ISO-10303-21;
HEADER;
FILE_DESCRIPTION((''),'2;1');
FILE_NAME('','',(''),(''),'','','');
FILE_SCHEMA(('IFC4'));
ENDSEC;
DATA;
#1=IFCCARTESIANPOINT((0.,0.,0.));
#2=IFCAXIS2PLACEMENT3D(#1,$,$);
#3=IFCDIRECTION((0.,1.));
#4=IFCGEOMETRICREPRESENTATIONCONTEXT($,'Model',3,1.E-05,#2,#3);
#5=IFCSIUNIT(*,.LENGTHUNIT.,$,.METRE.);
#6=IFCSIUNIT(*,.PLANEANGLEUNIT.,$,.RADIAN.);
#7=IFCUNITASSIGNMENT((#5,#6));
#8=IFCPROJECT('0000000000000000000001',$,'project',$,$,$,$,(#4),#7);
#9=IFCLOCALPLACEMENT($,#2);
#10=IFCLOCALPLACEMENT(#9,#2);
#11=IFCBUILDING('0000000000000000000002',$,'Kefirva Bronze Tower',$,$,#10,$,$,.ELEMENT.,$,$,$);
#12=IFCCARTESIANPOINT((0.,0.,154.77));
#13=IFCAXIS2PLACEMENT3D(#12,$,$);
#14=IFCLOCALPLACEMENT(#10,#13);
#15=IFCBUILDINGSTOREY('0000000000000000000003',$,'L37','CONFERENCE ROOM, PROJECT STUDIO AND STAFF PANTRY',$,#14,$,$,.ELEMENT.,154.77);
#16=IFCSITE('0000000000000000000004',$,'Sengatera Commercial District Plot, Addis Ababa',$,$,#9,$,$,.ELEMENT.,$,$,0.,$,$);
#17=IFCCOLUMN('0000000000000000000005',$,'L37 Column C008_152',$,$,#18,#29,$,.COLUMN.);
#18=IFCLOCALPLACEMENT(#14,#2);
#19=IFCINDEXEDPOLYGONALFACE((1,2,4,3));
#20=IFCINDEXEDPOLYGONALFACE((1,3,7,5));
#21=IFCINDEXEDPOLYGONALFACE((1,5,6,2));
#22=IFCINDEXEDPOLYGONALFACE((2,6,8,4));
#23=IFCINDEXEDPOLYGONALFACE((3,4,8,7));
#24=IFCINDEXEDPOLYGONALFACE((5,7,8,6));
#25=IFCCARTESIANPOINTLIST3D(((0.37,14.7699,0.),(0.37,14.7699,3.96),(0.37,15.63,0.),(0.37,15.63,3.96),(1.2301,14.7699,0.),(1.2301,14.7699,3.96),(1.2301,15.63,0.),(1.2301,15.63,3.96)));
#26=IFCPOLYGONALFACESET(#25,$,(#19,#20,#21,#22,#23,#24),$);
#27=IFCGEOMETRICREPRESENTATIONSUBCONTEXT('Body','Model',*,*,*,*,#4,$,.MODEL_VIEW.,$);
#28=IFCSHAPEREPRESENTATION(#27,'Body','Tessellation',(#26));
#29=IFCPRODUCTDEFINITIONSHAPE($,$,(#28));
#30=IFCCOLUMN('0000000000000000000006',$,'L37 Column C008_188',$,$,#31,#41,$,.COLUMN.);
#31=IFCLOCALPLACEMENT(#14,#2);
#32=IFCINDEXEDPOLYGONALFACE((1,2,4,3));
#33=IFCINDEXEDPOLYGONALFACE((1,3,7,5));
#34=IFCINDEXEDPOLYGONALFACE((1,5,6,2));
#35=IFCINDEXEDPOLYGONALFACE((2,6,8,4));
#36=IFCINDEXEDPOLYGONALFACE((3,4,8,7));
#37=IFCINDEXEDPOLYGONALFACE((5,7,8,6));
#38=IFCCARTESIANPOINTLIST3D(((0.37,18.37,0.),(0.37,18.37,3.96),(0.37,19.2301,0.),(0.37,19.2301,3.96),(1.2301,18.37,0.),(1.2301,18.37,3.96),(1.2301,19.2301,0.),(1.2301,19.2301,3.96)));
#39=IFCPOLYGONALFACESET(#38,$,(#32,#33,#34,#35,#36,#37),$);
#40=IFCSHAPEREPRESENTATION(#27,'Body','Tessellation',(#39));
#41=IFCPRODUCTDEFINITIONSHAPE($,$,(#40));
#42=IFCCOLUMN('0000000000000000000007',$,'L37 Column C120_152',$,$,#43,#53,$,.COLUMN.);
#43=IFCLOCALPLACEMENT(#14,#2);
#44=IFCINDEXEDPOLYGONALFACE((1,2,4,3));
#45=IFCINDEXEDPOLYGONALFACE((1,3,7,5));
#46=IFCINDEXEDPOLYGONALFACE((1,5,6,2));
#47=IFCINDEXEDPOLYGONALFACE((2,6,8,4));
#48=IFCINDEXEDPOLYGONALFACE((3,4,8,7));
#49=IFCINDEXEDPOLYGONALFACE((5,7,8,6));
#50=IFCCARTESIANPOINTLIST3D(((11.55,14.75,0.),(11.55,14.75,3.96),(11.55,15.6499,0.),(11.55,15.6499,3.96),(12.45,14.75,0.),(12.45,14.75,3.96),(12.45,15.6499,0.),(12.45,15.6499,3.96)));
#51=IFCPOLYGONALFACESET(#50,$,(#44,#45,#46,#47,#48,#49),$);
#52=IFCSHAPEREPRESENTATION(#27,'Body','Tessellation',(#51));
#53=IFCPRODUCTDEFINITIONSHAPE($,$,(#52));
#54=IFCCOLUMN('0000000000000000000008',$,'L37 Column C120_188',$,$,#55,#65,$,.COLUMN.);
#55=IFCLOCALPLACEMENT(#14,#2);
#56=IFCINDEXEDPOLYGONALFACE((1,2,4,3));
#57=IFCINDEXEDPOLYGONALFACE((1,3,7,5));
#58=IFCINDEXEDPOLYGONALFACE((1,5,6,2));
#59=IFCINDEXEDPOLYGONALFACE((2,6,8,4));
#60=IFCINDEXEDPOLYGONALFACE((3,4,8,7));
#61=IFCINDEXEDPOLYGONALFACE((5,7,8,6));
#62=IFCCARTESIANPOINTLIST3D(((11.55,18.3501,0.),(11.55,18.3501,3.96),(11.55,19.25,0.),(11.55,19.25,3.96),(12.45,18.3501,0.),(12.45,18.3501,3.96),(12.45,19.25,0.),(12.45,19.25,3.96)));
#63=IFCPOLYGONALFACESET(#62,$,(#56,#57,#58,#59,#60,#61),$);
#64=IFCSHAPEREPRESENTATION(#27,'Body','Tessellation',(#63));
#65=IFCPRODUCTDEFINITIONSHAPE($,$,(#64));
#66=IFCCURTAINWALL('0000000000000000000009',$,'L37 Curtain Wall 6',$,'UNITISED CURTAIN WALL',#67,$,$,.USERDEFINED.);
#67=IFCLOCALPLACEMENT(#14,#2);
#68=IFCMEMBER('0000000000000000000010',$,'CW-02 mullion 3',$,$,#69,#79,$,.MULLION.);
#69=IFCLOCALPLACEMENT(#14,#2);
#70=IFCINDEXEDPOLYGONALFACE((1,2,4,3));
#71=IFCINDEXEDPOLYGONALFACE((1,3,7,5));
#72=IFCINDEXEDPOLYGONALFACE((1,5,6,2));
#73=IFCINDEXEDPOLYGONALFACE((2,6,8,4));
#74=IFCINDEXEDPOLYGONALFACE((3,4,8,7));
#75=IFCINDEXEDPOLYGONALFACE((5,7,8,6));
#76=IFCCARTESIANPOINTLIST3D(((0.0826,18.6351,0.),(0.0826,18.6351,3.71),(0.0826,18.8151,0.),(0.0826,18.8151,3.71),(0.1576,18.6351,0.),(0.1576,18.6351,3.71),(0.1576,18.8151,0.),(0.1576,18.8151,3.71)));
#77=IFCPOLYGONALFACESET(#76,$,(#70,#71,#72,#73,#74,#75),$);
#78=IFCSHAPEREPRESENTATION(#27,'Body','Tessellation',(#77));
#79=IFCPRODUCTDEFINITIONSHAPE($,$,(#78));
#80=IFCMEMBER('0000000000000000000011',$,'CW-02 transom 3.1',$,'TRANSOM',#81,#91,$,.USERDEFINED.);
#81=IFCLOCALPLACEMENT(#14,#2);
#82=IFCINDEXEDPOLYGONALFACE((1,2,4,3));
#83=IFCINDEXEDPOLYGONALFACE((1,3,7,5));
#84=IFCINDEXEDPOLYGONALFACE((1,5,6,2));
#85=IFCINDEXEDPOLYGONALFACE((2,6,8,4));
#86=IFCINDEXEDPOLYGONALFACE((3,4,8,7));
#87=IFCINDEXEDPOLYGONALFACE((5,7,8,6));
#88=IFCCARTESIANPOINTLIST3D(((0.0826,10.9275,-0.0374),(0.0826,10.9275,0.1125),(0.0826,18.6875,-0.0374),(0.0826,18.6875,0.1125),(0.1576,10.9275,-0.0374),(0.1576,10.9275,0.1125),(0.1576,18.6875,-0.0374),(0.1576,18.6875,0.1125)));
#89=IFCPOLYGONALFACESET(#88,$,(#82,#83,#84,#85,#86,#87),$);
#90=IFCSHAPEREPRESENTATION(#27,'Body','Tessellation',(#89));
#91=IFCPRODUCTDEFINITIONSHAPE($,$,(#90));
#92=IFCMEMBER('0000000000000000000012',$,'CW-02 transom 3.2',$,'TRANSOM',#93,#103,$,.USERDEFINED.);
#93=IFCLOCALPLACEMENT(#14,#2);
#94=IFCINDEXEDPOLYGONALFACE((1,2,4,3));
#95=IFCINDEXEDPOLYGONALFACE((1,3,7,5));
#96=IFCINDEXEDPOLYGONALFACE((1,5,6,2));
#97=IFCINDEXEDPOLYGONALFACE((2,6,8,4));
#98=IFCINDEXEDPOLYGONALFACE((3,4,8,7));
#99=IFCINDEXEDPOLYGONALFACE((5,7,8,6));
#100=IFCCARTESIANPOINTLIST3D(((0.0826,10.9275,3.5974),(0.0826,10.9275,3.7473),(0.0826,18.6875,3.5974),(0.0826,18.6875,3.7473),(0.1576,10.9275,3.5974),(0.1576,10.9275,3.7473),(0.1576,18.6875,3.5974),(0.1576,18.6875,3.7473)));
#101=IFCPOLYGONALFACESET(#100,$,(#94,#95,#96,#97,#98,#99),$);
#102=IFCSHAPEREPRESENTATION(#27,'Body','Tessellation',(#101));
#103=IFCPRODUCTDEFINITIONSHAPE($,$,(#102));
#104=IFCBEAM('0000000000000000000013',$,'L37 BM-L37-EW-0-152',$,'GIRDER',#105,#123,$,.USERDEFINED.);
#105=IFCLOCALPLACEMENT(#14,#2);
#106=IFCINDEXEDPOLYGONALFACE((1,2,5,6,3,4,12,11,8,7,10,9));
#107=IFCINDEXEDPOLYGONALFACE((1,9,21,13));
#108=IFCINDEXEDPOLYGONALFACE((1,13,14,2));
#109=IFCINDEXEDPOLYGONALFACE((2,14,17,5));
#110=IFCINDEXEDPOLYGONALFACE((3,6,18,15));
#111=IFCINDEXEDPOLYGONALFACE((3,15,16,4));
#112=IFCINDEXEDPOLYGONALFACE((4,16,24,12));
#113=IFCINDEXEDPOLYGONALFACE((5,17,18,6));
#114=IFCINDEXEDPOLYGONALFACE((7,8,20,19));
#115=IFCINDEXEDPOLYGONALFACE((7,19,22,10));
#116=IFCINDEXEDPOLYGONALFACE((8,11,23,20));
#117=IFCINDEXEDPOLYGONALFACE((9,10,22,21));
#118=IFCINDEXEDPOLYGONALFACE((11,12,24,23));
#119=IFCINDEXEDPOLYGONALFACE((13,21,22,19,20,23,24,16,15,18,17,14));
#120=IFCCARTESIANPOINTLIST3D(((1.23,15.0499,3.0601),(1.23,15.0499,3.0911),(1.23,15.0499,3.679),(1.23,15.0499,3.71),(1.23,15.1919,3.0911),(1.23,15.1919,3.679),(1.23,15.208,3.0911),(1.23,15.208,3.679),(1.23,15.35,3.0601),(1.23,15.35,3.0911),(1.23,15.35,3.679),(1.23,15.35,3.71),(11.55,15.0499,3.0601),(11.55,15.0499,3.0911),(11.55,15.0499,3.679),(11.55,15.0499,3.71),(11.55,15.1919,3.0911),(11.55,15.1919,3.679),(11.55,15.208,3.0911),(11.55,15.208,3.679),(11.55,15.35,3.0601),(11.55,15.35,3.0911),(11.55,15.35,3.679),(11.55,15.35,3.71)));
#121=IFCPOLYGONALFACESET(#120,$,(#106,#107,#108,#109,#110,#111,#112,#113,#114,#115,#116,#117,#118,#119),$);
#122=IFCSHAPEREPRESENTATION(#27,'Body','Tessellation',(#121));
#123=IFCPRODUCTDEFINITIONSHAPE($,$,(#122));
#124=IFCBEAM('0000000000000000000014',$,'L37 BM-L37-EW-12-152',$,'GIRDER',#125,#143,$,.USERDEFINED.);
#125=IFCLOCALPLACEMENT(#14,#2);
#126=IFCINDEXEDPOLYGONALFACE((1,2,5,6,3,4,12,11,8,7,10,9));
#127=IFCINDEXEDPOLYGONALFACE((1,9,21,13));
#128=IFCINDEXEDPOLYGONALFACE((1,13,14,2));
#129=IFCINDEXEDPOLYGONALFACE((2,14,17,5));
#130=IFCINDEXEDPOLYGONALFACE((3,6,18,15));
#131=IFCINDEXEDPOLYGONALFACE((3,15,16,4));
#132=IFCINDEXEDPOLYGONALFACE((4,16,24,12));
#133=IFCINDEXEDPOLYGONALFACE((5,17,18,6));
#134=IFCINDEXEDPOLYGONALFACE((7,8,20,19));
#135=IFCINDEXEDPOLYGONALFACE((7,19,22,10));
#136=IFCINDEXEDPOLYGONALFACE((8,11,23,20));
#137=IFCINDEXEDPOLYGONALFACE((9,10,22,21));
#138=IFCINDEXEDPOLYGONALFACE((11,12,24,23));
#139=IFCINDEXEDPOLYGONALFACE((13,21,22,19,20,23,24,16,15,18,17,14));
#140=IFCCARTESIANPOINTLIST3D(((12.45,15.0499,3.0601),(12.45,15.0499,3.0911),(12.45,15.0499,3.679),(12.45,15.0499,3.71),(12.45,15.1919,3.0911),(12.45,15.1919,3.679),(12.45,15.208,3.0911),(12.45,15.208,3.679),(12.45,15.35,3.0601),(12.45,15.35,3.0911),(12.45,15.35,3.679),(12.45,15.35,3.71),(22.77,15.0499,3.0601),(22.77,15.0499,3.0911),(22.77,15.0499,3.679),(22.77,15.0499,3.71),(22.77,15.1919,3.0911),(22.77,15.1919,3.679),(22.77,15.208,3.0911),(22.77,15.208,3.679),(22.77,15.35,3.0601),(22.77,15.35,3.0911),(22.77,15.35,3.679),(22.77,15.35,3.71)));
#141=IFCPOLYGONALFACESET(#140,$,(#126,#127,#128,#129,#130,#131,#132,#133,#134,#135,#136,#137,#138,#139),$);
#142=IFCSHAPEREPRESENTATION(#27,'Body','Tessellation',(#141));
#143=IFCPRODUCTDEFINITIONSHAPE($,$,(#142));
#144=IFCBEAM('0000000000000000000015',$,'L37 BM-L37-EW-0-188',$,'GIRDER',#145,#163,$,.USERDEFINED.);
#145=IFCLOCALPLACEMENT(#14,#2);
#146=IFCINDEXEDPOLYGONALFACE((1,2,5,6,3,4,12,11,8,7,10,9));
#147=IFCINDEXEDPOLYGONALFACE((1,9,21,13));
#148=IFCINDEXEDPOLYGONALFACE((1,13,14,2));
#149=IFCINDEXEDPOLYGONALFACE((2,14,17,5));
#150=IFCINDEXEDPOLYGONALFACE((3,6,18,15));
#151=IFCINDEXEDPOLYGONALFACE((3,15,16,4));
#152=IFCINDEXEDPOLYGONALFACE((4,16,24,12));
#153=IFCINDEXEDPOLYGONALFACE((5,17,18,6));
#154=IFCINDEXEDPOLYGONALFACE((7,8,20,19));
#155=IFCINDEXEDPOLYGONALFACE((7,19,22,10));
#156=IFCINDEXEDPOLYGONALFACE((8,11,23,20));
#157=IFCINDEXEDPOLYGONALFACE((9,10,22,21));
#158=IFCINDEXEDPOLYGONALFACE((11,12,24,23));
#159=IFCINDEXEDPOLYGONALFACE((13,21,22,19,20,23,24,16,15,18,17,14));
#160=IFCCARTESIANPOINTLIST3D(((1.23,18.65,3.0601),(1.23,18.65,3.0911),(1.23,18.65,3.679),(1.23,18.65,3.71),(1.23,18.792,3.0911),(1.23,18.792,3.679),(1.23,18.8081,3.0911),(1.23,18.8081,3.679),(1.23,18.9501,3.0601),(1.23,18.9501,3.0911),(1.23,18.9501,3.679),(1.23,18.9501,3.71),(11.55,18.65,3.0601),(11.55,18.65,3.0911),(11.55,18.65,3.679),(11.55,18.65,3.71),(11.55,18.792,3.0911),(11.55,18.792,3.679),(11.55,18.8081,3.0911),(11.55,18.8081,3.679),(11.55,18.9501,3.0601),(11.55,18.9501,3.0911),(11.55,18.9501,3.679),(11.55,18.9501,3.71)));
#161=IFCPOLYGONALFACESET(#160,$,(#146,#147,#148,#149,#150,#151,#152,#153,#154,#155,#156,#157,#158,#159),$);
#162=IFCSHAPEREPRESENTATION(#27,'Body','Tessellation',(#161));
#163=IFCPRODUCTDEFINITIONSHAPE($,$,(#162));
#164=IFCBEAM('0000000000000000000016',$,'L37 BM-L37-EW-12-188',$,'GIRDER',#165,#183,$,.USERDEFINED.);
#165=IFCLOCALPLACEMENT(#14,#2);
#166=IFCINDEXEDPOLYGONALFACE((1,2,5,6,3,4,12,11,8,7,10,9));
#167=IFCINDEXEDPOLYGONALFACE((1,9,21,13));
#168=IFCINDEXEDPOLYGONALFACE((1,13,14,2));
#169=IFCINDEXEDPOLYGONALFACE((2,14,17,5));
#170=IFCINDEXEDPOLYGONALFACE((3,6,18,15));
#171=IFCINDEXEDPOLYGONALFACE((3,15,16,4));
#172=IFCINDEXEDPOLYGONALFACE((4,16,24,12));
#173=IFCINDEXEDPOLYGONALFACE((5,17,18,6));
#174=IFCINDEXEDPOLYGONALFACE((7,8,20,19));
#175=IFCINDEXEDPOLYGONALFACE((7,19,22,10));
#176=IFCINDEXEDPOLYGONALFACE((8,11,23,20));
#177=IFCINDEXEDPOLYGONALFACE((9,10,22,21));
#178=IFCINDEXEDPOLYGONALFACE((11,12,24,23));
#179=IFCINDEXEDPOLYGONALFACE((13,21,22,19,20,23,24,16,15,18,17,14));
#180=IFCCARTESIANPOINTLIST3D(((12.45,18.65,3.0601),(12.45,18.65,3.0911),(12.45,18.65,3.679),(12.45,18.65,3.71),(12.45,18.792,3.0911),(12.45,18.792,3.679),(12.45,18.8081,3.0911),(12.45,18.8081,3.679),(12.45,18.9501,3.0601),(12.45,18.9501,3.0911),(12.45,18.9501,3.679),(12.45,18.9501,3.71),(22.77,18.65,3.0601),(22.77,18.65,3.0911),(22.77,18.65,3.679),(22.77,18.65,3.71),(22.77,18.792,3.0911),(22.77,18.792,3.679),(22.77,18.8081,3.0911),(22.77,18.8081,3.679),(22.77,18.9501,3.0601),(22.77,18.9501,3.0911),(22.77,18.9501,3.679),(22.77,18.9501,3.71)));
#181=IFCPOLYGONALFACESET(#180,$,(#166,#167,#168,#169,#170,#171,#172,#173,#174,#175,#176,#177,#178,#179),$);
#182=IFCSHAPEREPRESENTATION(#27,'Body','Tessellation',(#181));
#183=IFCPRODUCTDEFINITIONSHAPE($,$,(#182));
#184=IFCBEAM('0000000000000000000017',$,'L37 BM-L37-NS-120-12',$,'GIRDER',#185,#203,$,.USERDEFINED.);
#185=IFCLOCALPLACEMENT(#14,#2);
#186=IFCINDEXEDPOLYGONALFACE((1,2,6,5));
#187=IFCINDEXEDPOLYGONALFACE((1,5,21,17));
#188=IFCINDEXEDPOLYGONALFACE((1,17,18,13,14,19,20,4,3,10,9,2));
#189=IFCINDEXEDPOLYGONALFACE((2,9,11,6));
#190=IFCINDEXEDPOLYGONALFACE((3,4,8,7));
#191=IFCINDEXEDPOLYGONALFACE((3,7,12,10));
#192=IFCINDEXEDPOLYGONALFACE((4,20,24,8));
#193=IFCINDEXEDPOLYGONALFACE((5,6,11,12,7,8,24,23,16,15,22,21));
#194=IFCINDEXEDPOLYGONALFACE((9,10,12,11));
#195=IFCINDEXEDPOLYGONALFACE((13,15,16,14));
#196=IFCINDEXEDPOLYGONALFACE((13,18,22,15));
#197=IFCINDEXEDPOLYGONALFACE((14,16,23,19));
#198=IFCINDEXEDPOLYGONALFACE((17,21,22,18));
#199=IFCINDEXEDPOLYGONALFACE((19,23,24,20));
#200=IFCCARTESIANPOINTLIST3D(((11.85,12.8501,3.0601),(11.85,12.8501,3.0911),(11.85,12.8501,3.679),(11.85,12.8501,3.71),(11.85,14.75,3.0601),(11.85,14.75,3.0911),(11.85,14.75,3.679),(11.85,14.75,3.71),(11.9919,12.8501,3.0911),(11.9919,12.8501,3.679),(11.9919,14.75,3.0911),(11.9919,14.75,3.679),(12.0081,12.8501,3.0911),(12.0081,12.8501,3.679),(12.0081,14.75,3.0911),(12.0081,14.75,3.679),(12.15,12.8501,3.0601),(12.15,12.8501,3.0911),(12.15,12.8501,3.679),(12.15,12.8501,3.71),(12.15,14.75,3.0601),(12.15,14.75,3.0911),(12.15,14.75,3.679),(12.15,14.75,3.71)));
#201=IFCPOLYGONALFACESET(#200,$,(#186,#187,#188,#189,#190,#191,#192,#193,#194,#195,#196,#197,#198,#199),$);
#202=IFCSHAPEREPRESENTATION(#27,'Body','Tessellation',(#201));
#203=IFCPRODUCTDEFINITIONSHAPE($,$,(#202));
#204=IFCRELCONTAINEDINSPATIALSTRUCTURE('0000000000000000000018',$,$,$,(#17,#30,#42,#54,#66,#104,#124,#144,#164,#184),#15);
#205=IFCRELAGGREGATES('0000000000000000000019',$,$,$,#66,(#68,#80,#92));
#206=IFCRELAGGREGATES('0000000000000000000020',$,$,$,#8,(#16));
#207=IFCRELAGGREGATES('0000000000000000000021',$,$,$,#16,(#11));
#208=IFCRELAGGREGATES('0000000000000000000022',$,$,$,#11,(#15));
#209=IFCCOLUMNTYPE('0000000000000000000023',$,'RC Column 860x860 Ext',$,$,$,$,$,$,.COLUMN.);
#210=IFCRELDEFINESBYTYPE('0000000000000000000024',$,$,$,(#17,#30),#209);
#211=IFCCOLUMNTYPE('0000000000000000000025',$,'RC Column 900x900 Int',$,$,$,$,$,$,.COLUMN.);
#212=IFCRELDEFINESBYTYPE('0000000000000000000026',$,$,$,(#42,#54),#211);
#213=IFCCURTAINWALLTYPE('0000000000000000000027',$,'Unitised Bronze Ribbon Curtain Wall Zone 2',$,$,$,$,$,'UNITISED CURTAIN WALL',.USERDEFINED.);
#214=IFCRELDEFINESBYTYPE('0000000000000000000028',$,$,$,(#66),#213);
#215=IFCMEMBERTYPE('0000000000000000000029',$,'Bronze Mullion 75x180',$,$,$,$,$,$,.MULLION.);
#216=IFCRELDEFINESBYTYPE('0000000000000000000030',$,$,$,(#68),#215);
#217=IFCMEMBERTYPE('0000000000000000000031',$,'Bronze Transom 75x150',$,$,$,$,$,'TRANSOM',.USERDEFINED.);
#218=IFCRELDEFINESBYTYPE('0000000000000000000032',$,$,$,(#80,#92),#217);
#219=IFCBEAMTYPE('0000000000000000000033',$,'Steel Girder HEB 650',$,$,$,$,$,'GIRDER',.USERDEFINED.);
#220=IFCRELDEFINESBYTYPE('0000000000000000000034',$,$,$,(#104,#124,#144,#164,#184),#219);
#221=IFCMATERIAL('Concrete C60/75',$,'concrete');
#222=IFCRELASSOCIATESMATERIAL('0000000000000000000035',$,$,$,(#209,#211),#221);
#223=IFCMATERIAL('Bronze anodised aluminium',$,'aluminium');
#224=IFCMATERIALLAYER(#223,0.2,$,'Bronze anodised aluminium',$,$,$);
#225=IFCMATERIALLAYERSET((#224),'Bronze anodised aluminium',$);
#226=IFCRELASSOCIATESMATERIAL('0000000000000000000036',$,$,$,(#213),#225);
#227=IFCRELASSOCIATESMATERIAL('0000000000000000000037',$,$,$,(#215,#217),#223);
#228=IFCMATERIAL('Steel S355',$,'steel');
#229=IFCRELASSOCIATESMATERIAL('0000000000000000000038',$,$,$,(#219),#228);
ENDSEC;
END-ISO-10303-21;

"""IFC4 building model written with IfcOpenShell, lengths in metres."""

from ifc_helpers import new_model, si_unit, direction, frame, origin, origin_2d, place, context, subcontext, project, spatial, rectangle, i_section, extrude, material, layer, layer_set, material_profile, profile_set, type_object, element, aggregate, save


model = new_model("IFC4")

# Units and contexts
model_context = context("Model", 3, precision=1e-05, world=origin(), true_north=direction((0.0, 1.0)))
body_context = subcontext(model_context, "Body", "Model", "MODEL_VIEW")
ifc_project = project(units=[si_unit("LENGTHUNIT", "METRE"), si_unit("PLANEANGLEUNIT", "RADIAN")], contexts=[model_context])

# Site, building, storey
site_placement = place(None, origin())
site = spatial("IfcSite", under=ifc_project, at=site_placement, Name="Sengatera Commercial District Plot, Addis Ababa", CompositionType="ELEMENT", RefElevation=0.0)
building_placement = place(site_placement, origin())
building = spatial("IfcBuilding", under=site, at=building_placement, Name="Kefirva Bronze Tower", CompositionType="ELEMENT")
storey_placement = place(building_placement, frame((0.0, 0.0, 154.77)))
storey = spatial("IfcBuildingStorey", under=building, at=storey_placement, Name="L37", Description="CONFERENCE ROOM, PROJECT STUDIO AND STAFF PANTRY", CompositionType="ELEMENT", Elevation=154.77)

# Columns
ifc_material_1 = material(Name="Concrete C60/75", Category="concrete")
ifc_material_profile_1 = material_profile(ifc_material_1, rectangle(XDim=0.8601, YDim=0.8601, at=origin_2d()), Name="RC 860x860")
ifc_profile_set_1 = profile_set([ifc_material_profile_1], Name="Concrete C60/75")
column_type_1 = type_object("IfcColumnType", Name="RC Column 860x860 Ext", PredefinedType="COLUMN", material=ifc_profile_set_1)
for number, where, z_axis, x_axis, name in (
    (1, (0.8, 15.2, 0.0), (0.0, 0.0, 1.0), (1.0, 0.0, 0.0), "L37 Column C008_152"),
    (2, (0.8, 18.8, 0.0), (0.0, 0.0, 1.0), (1.0, 0.0, 0.0), "L37 Column C008_188"),
):
    element("IfcColumn", number, at=place(storey_placement, frame(where, z_axis=z_axis, x_axis=x_axis)), inside=storey, type_object=column_type_1, Name=name, PredefinedType="COLUMN", context=body_context, shape_type="SweptSolid", body=[
        extrude(rectangle(XDim=0.8601, YDim=0.8601, at=origin_2d()), origin(), (0.0, 0.0, 1.0), 3.96),
    ])
ifc_material_profile_2 = material_profile(ifc_material_1, rectangle(XDim=0.8999, YDim=0.8999, at=origin_2d()), Name="RC 900x900")
ifc_profile_set_2 = profile_set([ifc_material_profile_2], Name="Concrete C60/75")
column_type_2 = type_object("IfcColumnType", Name="RC Column 900x900 Int", PredefinedType="COLUMN", material=ifc_profile_set_2)
for number, where, z_axis, x_axis, name in (
    (3, (12.0, 15.2, 0.0), (0.0, 0.0, 1.0), (1.0, 0.0, 0.0), "L37 Column C120_152"),
    (4, (12.0, 18.8, 0.0), (0.0, 0.0, 1.0), (1.0, 0.0, 0.0), "L37 Column C120_188"),
):
    element("IfcColumn", number, at=place(storey_placement, frame(where, z_axis=z_axis, x_axis=x_axis)), inside=storey, type_object=column_type_2, Name=name, PredefinedType="COLUMN", context=body_context, shape_type="SweptSolid", body=[
        extrude(rectangle(XDim=0.8999, YDim=0.8999, at=origin_2d()), origin(), (0.0, 0.0, 1.0), 3.96),
    ])

# Curtain wall, members
ifc_material_2 = material(Name="Bronze anodised aluminium", Category="aluminium")
ifc_layer_1 = layer(ifc_material_2, 0.2, Name="Bronze anodised aluminium")
ifc_layer_set_1 = layer_set([ifc_layer_1], Name="Bronze anodised aluminium")
curtain_wall_type = type_object("IfcCurtainWallType", Name="Unitised Bronze Ribbon Curtain Wall Zone 2", ElementType="UNITISED CURTAIN WALL", PredefinedType="USERDEFINED", material=ifc_layer_set_1)
curtain_wall_placement = place(storey_placement, origin())
curtain_wall = element("IfcCurtainWall", 5, at=curtain_wall_placement, inside=storey, type_object=curtain_wall_type, Name="L37 Curtain Wall 6", ObjectType="UNITISED CURTAIN WALL", PredefinedType="USERDEFINED")
ifc_material_profile_3 = material_profile(ifc_material_2, rectangle(XDim=0.075, YDim=0.1799, at=origin_2d()), Name="ALU 75x180")
ifc_profile_set_3 = profile_set([ifc_material_profile_3], Name="Bronze anodised aluminium")
member_type_1 = type_object("IfcMemberType", Name="Bronze Mullion 75x180", PredefinedType="MULLION", material=ifc_profile_set_3)
member_1_placement = place(storey_placement, frame((0.1201, 18.7251, 0.0), z_axis=(0.0, 0.0, 1.0), x_axis=(1.0, 0.0, 0.0)))
member_1 = element("IfcMember", 6, at=member_1_placement, type_object=member_type_1, Name="CW-02 mullion 3", PredefinedType="MULLION", context=body_context, shape_type="SweptSolid", body=[
    extrude(rectangle(XDim=0.075, YDim=0.1799, at=origin_2d()), origin(), (0.0, 0.0, 1.0), 3.71),
])
ifc_material_profile_4 = material_profile(ifc_material_2, rectangle(XDim=0.075, YDim=0.1499, at=origin_2d()), Name="ALU 75x150")
ifc_profile_set_4 = profile_set([ifc_material_profile_4], Name="Bronze anodised aluminium")
member_type_2 = type_object("IfcMemberType", Name="Bronze Transom 75x150", ElementType="TRANSOM", PredefinedType="USERDEFINED", material=ifc_profile_set_4)
member_2_placement = place(storey_placement, frame((0.1201, 18.6875, 0.0376), z_axis=(0.0, -1.0, 0.0), x_axis=(1.0, 0.0, 0.0)))
member_2 = element("IfcMember", 7, at=member_2_placement, type_object=member_type_2, Name="CW-02 transom 3.1", ObjectType="TRANSOM", PredefinedType="USERDEFINED", context=body_context, shape_type="SweptSolid", body=[
    extrude(rectangle(XDim=0.075, YDim=0.1499, at=origin_2d()), origin(), (0.0, 0.0, 1.0), 7.76),
])
member_3_placement = place(storey_placement, frame((0.1201, 18.6875, 3.6724), z_axis=(0.0, -1.0, 0.0), x_axis=(1.0, 0.0, 0.0)))
member_3 = element("IfcMember", 8, at=member_3_placement, type_object=member_type_2, Name="CW-02 transom 3.2", ObjectType="TRANSOM", PredefinedType="USERDEFINED", context=body_context, shape_type="SweptSolid", body=[
    extrude(rectangle(XDim=0.075, YDim=0.1499, at=origin_2d()), origin(), (0.0, 0.0, 1.0), 7.76),
])

# Beams
ifc_material_3 = material(Name="Steel S355", Category="steel")
ifc_material_profile_5 = material_profile(ifc_material_3, i_section(OverallWidth=0.3, OverallDepth=0.6499, WebThickness=0.0161, FlangeThickness=0.031, at=origin_2d()), Name="HEB 650")
ifc_profile_set_5 = profile_set([ifc_material_profile_5], Name="Steel S355")
beam_type_1 = type_object("IfcBeamType", Name="Steel Girder HEB 650", ElementType="GIRDER", PredefinedType="USERDEFINED", material=ifc_profile_set_5)
for number, where, z_axis, x_axis, name in (
    (9, (1.23, 15.2, 3.385), (1.0, 0.0, 0.0), (0.0, 1.0, 0.0), "L37 BM-L37-EW-0-152"),
    (10, (12.45, 15.2, 3.385), (1.0, 0.0, 0.0), (0.0, 1.0, 0.0), "L37 BM-L37-EW-12-152"),
    (11, (1.23, 18.8, 3.385), (1.0, 0.0, 0.0), (0.0, 1.0, 0.0), "L37 BM-L37-EW-0-188"),
    (12, (12.45, 18.8, 3.385), (1.0, 0.0, 0.0), (0.0, 1.0, 0.0), "L37 BM-L37-EW-12-188"),
):
    element("IfcBeam", number, at=place(storey_placement, frame(where, z_axis=z_axis, x_axis=x_axis)), inside=storey, type_object=beam_type_1, Name=name, ObjectType="GIRDER", PredefinedType="USERDEFINED", context=body_context, shape_type="SweptSolid", body=[
        extrude(i_section(OverallWidth=0.3, OverallDepth=0.6499, WebThickness=0.0161, FlangeThickness=0.031, at=origin_2d()), origin(), (0.0, 0.0, 1.0), 10.3201),
    ])
beam_1_placement = place(storey_placement, frame((12.0, 12.8501, 3.385), z_axis=(0.0, 1.0, 0.0), x_axis=(-1.0, 0.0, 0.0)))
element("IfcBeam", 13, at=beam_1_placement, inside=storey, type_object=beam_type_1, Name="L37 BM-L37-NS-120-12", ObjectType="GIRDER", PredefinedType="USERDEFINED", context=body_context, shape_type="SweptSolid", body=[
    extrude(i_section(OverallWidth=0.3, OverallDepth=0.6499, WebThickness=0.0161, FlangeThickness=0.031, at=origin_2d()), origin(), (0.0, 0.0, 1.0), 1.8999),
])

aggregate(curtain_wall, [member_1, member_2, member_3])

save(model, "model.ifc")
